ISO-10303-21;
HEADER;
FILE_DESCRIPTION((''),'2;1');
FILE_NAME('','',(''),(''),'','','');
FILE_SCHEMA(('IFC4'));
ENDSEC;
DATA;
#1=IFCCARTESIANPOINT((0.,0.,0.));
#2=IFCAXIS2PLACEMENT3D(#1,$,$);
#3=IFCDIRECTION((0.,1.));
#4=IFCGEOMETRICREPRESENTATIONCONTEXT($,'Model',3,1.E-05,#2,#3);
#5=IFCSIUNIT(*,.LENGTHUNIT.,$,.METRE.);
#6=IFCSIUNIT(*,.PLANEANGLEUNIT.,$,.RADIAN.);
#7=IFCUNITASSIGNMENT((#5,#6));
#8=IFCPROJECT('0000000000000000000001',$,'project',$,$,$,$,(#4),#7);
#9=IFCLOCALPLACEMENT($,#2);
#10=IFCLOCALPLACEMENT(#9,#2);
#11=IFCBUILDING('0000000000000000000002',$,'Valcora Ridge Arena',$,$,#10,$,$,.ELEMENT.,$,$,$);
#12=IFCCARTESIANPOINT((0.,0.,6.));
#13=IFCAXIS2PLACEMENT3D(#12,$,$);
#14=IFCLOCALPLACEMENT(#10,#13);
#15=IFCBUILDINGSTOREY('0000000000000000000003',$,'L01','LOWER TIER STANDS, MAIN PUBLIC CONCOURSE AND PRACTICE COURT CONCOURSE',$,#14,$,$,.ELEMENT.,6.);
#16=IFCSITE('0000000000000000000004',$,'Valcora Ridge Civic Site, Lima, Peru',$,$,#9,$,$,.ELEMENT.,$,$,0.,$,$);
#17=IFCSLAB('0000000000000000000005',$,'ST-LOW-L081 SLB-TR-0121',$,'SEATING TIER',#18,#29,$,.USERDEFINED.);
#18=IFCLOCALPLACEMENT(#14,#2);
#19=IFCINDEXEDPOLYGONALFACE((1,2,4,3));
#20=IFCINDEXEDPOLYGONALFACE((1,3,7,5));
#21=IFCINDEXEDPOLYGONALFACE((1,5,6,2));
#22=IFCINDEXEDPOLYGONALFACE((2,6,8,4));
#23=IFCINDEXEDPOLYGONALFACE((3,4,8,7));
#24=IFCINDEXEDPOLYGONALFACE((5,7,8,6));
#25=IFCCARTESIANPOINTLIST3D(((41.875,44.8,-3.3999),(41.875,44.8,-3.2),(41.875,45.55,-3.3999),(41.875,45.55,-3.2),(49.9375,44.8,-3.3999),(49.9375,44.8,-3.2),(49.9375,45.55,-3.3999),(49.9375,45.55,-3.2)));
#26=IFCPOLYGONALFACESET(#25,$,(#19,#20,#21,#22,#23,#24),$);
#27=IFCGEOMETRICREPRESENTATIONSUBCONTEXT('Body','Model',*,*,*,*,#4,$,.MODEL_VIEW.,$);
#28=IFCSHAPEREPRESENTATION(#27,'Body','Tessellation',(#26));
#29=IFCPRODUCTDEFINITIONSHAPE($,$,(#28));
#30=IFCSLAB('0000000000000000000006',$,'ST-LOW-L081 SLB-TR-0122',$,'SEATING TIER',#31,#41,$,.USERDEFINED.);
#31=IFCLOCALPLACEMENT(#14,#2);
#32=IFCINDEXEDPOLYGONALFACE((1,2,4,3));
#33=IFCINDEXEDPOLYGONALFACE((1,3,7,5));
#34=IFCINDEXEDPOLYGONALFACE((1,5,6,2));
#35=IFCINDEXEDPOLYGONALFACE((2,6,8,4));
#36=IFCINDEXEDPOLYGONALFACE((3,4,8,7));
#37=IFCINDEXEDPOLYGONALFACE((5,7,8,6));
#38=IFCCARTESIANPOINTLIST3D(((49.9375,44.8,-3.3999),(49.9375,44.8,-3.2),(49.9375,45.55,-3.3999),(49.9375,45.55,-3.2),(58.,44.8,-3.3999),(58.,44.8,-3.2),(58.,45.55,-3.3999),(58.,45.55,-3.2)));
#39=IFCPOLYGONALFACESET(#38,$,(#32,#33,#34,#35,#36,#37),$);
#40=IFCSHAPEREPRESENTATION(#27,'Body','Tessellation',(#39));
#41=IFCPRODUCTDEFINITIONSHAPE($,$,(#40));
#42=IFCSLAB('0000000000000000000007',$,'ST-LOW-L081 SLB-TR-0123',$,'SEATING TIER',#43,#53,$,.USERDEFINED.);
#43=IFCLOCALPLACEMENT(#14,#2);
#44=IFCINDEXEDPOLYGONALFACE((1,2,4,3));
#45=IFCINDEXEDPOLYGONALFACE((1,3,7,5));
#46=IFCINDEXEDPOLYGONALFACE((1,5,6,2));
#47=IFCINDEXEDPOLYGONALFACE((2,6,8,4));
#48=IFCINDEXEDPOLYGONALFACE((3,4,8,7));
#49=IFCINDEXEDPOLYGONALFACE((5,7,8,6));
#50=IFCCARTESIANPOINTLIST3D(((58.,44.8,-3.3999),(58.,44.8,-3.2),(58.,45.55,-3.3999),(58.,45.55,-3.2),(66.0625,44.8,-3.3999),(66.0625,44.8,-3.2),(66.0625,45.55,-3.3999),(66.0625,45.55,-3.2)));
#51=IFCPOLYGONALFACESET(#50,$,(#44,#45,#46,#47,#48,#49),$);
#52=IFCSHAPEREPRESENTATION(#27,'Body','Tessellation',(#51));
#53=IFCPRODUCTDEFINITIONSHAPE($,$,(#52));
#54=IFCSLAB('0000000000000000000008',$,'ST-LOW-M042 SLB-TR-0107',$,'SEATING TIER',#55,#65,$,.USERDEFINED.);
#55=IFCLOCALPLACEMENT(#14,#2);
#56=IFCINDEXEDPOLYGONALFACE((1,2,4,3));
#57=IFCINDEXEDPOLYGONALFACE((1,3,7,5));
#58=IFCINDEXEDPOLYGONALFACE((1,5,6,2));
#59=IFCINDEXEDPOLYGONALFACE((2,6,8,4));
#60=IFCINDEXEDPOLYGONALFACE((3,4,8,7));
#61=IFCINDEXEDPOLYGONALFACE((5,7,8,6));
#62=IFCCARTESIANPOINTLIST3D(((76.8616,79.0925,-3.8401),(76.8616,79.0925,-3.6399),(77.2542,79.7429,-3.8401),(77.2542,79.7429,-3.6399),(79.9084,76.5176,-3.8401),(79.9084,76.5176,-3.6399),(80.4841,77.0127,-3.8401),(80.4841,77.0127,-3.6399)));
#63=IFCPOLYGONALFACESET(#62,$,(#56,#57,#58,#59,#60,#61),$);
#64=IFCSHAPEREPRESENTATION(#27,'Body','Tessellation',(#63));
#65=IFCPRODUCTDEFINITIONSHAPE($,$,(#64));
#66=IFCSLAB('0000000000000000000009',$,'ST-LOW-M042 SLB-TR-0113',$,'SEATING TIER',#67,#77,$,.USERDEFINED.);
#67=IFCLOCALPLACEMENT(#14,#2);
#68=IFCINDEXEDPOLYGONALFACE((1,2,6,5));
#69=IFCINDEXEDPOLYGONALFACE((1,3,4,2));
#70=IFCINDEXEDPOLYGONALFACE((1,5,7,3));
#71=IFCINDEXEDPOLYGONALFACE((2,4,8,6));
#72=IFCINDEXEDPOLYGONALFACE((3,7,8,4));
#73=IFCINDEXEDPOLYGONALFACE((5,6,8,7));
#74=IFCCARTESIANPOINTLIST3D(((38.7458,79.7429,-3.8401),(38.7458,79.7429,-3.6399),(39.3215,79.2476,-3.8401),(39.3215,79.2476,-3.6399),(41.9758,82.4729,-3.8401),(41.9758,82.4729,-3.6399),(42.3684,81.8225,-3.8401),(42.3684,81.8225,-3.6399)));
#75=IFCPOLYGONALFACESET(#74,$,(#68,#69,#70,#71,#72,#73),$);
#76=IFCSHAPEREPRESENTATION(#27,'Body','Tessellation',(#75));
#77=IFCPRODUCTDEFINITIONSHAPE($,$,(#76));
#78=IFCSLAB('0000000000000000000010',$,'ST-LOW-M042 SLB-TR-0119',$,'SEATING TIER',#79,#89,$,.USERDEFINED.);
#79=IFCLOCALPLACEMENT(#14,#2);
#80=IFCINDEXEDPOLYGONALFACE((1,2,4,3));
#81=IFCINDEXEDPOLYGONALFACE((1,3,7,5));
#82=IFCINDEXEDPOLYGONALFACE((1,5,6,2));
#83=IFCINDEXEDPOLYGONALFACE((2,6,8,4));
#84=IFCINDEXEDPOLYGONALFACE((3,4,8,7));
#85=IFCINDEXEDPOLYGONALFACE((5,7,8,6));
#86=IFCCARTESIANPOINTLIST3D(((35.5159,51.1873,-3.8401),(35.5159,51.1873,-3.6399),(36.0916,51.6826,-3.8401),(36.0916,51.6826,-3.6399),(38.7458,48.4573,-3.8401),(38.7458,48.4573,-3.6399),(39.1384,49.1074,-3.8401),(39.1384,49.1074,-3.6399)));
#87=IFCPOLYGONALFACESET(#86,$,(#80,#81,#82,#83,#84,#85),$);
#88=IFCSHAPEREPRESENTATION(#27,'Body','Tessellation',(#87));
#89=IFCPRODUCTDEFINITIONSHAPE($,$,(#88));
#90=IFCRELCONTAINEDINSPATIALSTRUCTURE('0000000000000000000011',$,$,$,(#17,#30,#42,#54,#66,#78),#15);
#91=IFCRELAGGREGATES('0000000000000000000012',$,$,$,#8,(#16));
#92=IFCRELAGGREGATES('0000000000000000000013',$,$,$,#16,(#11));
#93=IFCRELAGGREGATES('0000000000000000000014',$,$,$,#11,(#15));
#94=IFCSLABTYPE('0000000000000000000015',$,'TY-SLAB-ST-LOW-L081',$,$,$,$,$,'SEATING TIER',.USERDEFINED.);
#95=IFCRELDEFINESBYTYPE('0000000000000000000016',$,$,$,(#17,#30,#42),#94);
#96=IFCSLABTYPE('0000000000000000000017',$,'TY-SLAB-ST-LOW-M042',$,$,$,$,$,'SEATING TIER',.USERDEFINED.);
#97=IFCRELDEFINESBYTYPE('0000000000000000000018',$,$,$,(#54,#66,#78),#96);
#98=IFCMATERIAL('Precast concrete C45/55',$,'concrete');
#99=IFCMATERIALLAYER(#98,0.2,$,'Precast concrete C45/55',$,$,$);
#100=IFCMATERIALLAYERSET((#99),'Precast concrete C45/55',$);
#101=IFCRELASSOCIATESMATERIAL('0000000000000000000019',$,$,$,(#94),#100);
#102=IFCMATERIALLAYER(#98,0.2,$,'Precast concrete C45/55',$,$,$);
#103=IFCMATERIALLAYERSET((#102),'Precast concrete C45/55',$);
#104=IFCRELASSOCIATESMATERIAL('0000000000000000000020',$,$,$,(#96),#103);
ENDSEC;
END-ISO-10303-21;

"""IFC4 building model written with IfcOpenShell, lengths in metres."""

from ifc_helpers import new_model, si_unit, direction, frame, origin, place, context, subcontext, project, spatial, polyline, outline, extrude, material, layer, layer_set, type_object, element, save


model = new_model("IFC4")

# Units and contexts
model_context = context("Model", 3, precision=1e-05, world=origin(), true_north=direction((0.0, 1.0)))
body_context = subcontext(model_context, "Body", "Model", "MODEL_VIEW")
ifc_project = project(units=[si_unit("LENGTHUNIT", "METRE"), si_unit("PLANEANGLEUNIT", "RADIAN")], contexts=[model_context])

# Site, building, storey
site_placement = place(None, origin())
site = spatial("IfcSite", under=ifc_project, at=site_placement, Name="Valcora Ridge Civic Site, Lima, Peru", CompositionType="ELEMENT", RefElevation=0.0)
building_placement = place(site_placement, origin())
building = spatial("IfcBuilding", under=site, at=building_placement, Name="Valcora Ridge Arena", CompositionType="ELEMENT")
storey_placement = place(building_placement, frame((0.0, 0.0, 6.0)))
storey = spatial("IfcBuildingStorey", under=building, at=storey_placement, Name="L01", Description="LOWER TIER STANDS, MAIN PUBLIC CONCOURSE AND PRACTICE COURT CONCOURSE", CompositionType="ELEMENT", Elevation=6.0)

# Slabs
ifc_material = material(Name="Precast concrete C45/55", Category="concrete")
ifc_layer_1 = layer(ifc_material, 0.2, Name="Precast concrete C45/55")
ifc_layer_set_1 = layer_set([ifc_layer_1], Name="Precast concrete C45/55")
slab_type_1 = type_object("IfcSlabType", Name="TY-SLAB-ST-LOW-L081", ElementType="SEATING TIER", PredefinedType="USERDEFINED", material=ifc_layer_set_1)
slab_1_placement = place(storey_placement, frame((0.0, 0.0, -3.3999)))
element("IfcSlab", 1, at=slab_1_placement, inside=storey, type_object=slab_type_1, Name="ST-LOW-L081 SLB-TR-0121", ObjectType="SEATING TIER", PredefinedType="USERDEFINED", context=body_context, shape_type="SweptSolid", body=[
    extrude(outline(polyline([(41.875, 45.55), (49.9375, 45.55), (49.9375, 44.8), (41.875, 44.8), (41.875, 45.55)])), origin(), (0.0, 0.0, 1.0), 0.2),
])
slab_2_placement = place(storey_placement, frame((0.0, 0.0, -3.3999)))
element("IfcSlab", 2, at=slab_2_placement, inside=storey, type_object=slab_type_1, Name="ST-LOW-L081 SLB-TR-0122", ObjectType="SEATING TIER", PredefinedType="USERDEFINED", context=body_context, shape_type="SweptSolid", body=[
    extrude(outline(polyline([(49.9375, 45.55), (58.0, 45.55), (58.0, 44.8), (49.9375, 44.8), (49.9375, 45.55)])), origin(), (0.0, 0.0, 1.0), 0.2),
])
slab_3_placement = place(storey_placement, frame((0.0, 0.0, -3.3999)))
element("IfcSlab", 3, at=slab_3_placement, inside=storey, type_object=slab_type_1, Name="ST-LOW-L081 SLB-TR-0123", ObjectType="SEATING TIER", PredefinedType="USERDEFINED", context=body_context, shape_type="SweptSolid", body=[
    extrude(outline(polyline([(58.0, 45.55), (66.0625, 45.55), (66.0625, 44.8), (58.0, 44.8), (58.0, 45.55)])), origin(), (0.0, 0.0, 1.0), 0.2),
])
ifc_layer_2 = layer(ifc_material, 0.2, Name="Precast concrete C45/55")
ifc_layer_set_2 = layer_set([ifc_layer_2], Name="Precast concrete C45/55")
slab_type_2 = type_object("IfcSlabType", Name="TY-SLAB-ST-LOW-M042", ElementType="SEATING TIER", PredefinedType="USERDEFINED", material=ifc_layer_set_2)
slab_4_placement = place(storey_placement, frame((0.0, 0.0, -3.8401)))
element("IfcSlab", 4, at=slab_4_placement, inside=storey, type_object=slab_type_2, Name="ST-LOW-M042 SLB-TR-0107", ObjectType="SEATING TIER", PredefinedType="USERDEFINED", context=body_context, shape_type="SweptSolid", body=[
    extrude(outline(polyline([(79.9084, 76.5176), (76.8616, 79.0925), (77.2542, 79.7429), (80.4841, 77.0127), (79.9084, 76.5176)])), origin(), (0.0, 0.0, 1.0), 0.2002),
])
slab_5_placement = place(storey_placement, frame((0.0, 0.0, -3.8401)))
element("IfcSlab", 5, at=slab_5_placement, inside=storey, type_object=slab_type_2, Name="ST-LOW-M042 SLB-TR-0113", ObjectType="SEATING TIER", PredefinedType="USERDEFINED", context=body_context, shape_type="SweptSolid", body=[
    extrude(outline(polyline([(42.3684, 81.8225), (39.3215, 79.2476), (38.7458, 79.7429), (41.9758, 82.4729), (42.3684, 81.8225)])), origin(), (0.0, 0.0, 1.0), 0.2002),
])
slab_6_placement = place(storey_placement, frame((0.0, 0.0, -3.8401)))
element("IfcSlab", 6, at=slab_6_placement, inside=storey, type_object=slab_type_2, Name="ST-LOW-M042 SLB-TR-0119", ObjectType="SEATING TIER", PredefinedType="USERDEFINED", context=body_context, shape_type="SweptSolid", body=[
    extrude(outline(polyline([(36.0916, 51.6826), (39.1384, 49.1074), (38.7458, 48.4573), (35.5159, 51.1873), (36.0916, 51.6826)])), origin(), (0.0, 0.0, 1.0), 0.2002),
])

save(model, "model.ifc")
